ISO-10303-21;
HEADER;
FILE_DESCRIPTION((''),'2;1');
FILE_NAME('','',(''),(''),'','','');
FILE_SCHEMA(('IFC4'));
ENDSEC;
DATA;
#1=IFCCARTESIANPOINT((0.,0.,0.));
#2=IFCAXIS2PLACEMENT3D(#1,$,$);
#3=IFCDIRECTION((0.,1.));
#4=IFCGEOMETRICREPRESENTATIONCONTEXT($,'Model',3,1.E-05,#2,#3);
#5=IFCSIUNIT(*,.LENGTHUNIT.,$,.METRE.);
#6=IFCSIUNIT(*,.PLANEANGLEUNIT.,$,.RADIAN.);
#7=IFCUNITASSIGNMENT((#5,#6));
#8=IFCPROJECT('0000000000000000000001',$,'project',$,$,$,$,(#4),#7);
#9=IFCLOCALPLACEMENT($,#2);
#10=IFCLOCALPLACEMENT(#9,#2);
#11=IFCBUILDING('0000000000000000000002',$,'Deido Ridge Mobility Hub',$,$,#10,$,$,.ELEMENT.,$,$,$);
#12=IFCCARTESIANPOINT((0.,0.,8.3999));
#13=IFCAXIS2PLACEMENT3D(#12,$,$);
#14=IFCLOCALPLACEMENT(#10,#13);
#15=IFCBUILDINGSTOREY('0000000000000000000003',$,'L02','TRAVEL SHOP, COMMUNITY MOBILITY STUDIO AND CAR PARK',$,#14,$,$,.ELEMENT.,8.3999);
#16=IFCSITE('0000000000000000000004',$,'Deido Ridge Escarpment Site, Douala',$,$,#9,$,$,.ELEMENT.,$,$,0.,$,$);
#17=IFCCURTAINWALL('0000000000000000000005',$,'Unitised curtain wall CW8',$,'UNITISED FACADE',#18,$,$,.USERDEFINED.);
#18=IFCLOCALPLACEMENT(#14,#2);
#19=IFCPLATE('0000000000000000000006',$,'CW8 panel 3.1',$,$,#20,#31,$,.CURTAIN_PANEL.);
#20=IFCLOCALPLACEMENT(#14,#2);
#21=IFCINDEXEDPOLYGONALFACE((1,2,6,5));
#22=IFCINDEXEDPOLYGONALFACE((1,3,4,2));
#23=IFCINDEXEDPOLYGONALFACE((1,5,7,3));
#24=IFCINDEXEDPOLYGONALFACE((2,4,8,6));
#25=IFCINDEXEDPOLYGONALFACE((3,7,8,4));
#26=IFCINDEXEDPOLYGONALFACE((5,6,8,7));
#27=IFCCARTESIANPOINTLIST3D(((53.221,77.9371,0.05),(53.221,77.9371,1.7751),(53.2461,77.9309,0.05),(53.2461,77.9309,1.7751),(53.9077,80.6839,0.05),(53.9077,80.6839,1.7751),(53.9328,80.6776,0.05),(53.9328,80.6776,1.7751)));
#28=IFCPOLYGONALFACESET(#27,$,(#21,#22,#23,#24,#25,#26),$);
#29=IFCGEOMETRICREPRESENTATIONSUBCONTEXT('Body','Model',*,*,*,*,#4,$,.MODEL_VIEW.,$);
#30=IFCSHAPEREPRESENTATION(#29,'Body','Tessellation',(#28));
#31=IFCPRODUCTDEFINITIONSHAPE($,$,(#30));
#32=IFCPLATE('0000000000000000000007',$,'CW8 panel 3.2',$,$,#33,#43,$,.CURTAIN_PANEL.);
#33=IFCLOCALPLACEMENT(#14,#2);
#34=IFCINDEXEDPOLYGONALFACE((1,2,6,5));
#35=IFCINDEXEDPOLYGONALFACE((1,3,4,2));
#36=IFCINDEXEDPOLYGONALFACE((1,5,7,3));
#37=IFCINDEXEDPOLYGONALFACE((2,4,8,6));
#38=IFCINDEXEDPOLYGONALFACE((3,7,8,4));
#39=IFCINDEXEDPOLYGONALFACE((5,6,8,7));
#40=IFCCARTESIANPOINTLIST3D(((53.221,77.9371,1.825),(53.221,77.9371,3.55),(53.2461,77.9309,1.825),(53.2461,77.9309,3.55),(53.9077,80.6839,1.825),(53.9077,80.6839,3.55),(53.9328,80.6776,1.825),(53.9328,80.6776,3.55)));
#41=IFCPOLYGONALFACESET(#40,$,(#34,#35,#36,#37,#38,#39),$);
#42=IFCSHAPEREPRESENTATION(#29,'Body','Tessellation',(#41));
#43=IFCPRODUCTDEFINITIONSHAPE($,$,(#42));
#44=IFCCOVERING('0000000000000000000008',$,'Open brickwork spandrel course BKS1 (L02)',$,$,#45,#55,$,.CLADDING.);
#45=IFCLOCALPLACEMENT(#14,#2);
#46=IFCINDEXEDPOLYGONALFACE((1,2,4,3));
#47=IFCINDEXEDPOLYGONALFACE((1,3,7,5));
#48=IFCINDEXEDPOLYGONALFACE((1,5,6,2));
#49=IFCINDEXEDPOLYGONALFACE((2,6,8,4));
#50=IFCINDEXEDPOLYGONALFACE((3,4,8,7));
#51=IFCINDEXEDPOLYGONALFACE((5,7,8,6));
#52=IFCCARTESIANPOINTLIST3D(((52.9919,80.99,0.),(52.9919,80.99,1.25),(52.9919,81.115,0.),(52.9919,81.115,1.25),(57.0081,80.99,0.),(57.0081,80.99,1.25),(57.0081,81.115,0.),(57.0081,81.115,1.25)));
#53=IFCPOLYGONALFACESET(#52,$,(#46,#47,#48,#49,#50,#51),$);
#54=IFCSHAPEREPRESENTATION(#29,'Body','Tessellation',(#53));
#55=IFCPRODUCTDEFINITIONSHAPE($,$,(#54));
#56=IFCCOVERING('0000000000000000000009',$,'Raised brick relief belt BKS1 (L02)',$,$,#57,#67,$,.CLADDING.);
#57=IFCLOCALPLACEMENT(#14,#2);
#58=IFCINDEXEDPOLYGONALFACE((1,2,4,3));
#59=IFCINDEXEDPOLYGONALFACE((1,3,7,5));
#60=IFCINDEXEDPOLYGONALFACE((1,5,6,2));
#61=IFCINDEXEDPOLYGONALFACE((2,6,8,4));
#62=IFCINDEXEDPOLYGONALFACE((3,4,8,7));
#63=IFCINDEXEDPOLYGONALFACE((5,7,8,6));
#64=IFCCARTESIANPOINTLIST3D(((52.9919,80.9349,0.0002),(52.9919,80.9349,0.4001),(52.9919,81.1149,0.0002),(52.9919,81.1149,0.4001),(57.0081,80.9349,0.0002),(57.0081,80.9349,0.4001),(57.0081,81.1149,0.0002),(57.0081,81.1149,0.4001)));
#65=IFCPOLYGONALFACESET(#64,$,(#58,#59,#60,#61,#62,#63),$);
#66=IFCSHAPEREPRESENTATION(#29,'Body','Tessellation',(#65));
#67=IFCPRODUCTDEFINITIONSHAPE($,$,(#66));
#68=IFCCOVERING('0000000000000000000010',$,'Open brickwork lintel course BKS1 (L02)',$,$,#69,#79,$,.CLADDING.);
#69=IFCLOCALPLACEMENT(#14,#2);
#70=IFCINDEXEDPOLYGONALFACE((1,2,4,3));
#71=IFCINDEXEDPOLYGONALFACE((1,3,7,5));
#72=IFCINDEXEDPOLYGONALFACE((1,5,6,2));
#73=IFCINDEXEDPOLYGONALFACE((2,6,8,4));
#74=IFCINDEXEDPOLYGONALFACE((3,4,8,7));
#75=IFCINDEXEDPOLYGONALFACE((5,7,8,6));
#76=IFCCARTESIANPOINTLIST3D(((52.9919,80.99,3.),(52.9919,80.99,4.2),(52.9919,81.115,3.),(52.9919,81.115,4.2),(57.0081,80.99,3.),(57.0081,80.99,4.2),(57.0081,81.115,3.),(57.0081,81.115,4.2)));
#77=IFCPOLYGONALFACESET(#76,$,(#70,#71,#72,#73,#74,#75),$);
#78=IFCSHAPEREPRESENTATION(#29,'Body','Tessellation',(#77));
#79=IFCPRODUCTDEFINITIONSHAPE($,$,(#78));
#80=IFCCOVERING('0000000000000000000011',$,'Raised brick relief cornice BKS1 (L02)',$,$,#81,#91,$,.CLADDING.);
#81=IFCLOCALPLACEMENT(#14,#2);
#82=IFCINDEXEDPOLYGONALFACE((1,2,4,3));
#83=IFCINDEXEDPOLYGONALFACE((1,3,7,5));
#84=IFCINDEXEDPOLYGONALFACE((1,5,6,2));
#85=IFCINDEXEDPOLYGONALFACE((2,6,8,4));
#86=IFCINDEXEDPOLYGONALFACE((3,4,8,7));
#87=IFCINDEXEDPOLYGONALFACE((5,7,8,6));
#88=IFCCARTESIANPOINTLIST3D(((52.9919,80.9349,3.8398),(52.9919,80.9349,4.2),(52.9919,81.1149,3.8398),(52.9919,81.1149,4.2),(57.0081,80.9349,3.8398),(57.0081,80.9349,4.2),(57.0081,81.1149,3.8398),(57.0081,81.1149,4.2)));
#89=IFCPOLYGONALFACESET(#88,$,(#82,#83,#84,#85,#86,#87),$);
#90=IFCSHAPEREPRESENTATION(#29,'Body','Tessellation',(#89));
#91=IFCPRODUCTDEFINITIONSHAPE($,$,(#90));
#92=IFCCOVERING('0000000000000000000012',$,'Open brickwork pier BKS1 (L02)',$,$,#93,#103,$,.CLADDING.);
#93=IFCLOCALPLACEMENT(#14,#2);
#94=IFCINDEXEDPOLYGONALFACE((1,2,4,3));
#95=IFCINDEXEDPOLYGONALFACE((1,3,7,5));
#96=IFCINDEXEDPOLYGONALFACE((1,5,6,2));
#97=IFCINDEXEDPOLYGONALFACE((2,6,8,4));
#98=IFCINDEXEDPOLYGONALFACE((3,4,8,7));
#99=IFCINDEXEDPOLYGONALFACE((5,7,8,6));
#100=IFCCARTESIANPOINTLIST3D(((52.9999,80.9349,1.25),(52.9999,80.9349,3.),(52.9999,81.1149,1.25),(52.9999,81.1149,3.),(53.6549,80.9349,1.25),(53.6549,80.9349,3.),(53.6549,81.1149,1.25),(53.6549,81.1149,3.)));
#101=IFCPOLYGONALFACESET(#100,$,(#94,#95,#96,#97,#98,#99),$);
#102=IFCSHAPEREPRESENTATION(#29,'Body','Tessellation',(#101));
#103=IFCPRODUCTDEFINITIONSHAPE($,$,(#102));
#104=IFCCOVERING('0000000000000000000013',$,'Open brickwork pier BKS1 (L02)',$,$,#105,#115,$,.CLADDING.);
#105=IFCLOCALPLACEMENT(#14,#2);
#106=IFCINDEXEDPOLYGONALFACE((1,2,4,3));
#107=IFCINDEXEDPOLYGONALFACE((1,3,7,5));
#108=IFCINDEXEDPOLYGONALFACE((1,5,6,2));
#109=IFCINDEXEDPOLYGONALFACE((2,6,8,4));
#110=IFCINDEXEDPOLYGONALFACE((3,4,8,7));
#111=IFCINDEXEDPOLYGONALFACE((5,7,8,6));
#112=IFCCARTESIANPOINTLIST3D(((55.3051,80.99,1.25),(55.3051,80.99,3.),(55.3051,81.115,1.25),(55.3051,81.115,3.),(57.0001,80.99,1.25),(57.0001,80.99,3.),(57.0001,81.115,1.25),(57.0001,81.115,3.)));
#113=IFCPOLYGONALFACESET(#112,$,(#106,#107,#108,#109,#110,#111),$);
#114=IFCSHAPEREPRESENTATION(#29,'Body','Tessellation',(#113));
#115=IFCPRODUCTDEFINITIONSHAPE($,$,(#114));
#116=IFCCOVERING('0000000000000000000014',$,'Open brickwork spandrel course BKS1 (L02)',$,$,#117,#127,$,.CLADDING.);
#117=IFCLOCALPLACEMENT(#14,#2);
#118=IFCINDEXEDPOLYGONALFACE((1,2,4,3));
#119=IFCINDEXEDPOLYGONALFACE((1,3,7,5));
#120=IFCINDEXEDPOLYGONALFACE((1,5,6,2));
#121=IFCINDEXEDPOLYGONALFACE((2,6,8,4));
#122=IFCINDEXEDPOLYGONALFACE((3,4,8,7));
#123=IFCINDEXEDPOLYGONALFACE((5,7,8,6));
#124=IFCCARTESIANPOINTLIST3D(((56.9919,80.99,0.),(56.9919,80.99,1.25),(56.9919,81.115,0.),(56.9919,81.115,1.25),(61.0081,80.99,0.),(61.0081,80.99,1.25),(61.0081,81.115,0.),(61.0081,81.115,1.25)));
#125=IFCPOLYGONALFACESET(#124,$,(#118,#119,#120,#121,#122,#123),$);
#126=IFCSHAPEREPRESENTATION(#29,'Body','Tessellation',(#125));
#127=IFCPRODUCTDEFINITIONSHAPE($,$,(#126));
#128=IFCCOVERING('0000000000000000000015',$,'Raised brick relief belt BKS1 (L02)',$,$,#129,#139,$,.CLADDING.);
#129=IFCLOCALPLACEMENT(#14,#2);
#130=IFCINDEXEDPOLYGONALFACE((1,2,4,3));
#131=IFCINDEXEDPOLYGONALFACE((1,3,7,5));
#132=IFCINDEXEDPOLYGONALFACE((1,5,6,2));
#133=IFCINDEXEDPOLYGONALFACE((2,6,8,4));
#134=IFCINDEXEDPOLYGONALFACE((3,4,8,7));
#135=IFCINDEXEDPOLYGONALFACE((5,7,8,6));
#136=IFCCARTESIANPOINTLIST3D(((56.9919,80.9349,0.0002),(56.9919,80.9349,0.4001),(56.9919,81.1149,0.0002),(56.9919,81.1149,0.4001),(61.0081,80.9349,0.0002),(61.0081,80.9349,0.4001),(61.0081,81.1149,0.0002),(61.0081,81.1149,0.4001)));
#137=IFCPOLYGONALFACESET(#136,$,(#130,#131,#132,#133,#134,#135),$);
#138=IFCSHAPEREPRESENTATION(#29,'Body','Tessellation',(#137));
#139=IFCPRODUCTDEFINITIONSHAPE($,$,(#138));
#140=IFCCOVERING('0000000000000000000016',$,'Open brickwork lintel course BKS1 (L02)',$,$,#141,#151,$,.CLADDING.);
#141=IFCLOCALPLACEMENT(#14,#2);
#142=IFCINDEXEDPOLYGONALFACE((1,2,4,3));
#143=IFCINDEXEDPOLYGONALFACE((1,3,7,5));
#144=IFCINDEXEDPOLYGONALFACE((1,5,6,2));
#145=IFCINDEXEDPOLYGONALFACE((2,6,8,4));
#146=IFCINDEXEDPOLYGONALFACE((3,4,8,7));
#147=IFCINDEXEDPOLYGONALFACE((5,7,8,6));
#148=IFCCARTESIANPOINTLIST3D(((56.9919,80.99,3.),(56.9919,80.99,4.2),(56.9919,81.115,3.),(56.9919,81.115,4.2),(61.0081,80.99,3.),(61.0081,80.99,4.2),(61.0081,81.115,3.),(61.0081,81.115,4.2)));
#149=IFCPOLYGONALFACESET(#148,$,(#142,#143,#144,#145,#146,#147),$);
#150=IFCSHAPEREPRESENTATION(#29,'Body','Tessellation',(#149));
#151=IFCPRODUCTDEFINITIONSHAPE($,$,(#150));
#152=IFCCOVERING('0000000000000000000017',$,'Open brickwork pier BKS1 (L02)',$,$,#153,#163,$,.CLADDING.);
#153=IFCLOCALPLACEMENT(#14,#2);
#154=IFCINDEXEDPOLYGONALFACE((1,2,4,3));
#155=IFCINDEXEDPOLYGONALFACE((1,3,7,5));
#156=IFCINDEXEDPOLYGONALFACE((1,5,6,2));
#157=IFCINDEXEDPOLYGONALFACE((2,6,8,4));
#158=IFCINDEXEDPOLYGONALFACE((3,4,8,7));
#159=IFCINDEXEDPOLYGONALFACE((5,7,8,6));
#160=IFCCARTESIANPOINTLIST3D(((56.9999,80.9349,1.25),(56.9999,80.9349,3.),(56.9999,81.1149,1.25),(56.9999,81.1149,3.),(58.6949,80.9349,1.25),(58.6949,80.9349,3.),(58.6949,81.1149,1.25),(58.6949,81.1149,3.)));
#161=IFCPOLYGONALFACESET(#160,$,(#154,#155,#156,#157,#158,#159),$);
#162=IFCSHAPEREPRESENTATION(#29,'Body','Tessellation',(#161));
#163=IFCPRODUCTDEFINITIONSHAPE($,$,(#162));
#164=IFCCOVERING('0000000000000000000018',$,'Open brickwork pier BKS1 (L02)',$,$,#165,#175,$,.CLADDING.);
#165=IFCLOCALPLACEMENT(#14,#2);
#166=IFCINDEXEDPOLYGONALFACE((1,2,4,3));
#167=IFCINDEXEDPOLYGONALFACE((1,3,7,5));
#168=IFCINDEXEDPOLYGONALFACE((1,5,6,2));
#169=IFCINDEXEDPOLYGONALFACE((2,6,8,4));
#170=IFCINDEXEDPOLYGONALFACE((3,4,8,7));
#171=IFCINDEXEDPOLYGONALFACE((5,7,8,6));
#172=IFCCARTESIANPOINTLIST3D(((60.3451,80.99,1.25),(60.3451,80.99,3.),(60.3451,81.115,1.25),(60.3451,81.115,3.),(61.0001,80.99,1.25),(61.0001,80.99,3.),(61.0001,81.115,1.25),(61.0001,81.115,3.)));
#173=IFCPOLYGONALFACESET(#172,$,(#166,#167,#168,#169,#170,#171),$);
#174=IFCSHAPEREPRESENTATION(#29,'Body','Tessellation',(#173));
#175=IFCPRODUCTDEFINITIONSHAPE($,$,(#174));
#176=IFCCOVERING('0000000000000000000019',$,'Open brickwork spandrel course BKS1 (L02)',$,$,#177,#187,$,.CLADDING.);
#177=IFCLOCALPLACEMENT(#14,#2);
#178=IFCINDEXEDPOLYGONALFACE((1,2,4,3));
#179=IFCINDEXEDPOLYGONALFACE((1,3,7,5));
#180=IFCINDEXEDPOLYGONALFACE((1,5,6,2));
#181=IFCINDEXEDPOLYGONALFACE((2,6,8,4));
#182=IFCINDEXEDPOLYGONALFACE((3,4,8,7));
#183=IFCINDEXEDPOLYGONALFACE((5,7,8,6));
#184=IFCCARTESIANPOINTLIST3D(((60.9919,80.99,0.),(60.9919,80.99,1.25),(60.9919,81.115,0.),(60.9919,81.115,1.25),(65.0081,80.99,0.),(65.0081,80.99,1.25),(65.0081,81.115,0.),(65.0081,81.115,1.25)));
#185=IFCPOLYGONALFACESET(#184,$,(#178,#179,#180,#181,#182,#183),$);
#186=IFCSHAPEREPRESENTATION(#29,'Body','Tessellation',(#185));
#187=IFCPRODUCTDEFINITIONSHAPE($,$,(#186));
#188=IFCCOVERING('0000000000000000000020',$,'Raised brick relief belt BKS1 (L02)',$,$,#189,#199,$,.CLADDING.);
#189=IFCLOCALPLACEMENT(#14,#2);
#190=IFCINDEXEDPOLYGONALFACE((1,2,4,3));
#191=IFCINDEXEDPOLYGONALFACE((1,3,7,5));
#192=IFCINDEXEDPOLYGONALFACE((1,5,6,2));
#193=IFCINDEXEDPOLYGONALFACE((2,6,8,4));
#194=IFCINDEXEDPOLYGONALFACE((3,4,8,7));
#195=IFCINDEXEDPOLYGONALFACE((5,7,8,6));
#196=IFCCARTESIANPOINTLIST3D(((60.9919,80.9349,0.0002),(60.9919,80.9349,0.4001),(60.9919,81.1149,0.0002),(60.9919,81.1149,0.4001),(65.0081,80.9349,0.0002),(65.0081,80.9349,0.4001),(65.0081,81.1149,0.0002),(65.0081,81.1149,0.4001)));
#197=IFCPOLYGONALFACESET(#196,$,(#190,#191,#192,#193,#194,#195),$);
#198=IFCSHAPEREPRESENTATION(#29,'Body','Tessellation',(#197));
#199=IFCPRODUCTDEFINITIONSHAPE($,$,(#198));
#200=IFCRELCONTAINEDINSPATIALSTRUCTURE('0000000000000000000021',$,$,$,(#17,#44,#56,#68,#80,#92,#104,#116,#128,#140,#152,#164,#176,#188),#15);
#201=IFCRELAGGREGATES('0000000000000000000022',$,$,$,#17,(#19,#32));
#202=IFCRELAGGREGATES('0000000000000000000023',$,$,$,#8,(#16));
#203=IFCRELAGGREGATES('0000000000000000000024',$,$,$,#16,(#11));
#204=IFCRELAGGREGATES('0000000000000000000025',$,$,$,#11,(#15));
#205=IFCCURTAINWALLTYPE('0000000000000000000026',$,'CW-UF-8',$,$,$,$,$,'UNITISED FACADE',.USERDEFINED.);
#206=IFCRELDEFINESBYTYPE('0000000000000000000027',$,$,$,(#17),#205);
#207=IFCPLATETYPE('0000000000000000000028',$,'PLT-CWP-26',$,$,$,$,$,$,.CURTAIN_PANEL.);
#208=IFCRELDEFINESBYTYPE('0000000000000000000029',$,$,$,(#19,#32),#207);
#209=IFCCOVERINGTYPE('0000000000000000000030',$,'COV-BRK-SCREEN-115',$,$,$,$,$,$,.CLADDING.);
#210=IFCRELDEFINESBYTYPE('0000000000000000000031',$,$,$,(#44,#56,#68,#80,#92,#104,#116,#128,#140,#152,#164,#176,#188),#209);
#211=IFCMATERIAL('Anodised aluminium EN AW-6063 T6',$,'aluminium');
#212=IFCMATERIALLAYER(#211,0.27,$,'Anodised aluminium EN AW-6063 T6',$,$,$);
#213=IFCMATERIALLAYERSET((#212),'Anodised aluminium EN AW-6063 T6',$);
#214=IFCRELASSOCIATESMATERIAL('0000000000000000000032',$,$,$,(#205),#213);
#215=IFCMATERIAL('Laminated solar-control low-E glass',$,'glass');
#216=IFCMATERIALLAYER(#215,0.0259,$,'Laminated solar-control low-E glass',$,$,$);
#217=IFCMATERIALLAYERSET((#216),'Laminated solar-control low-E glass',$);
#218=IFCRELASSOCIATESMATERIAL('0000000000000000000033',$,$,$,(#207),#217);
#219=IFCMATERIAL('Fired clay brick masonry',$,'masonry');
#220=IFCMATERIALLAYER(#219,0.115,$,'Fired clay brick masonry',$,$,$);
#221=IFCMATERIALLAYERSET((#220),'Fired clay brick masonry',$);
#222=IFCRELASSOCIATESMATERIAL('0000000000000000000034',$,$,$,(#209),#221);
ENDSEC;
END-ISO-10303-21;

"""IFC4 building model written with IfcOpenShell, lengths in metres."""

from ifc_helpers import new_model, si_unit, direction, frame, origin, origin_2d, place, context, subcontext, project, spatial, rectangle, extrude, material, layer, layer_set, type_object, element, aggregate, save


model = new_model("IFC4")

# Units and contexts
model_context = context("Model", 3, precision=1e-05, world=origin(), true_north=direction((0.0, 1.0)))
body_context = subcontext(model_context, "Body", "Model", "MODEL_VIEW")
ifc_project = project(units=[si_unit("LENGTHUNIT", "METRE"), si_unit("PLANEANGLEUNIT", "RADIAN")], contexts=[model_context])

# Site, building, storey
site_placement = place(None, origin())
site = spatial("IfcSite", under=ifc_project, at=site_placement, Name="Deido Ridge Escarpment Site, Douala", CompositionType="ELEMENT", RefElevation=0.0)
building_placement = place(site_placement, origin())
building = spatial("IfcBuilding", under=site, at=building_placement, Name="Deido Ridge Mobility Hub", CompositionType="ELEMENT")
storey_placement = place(building_placement, frame((0.0, 0.0, 8.3999)))
storey = spatial("IfcBuildingStorey", under=building, at=storey_placement, Name="L02", Description="TRAVEL SHOP, COMMUNITY MOBILITY STUDIO AND CAR PARK", CompositionType="ELEMENT", Elevation=8.3999)

# Curtain wall
ifc_material_1 = material(Name="Anodised aluminium EN AW-6063 T6", Category="aluminium")
ifc_layer_1 = layer(ifc_material_1, 0.27, Name="Anodised aluminium EN AW-6063 T6")
ifc_layer_set_1 = layer_set([ifc_layer_1], Name="Anodised aluminium EN AW-6063 T6")
curtain_wall_type = type_object("IfcCurtainWallType", Name="CW-UF-8", ElementType="UNITISED FACADE", PredefinedType="USERDEFINED", material=ifc_layer_set_1)
curtain_wall_placement = place(storey_placement, origin())
curtain_wall = element("IfcCurtainWall", 1, at=curtain_wall_placement, inside=storey, type_object=curtain_wall_type, Name="Unitised curtain wall CW8", ObjectType="UNITISED FACADE", PredefinedType="USERDEFINED")

# Plates
ifc_material_2 = material(Name="Laminated solar-control low-E glass", Category="glass")
ifc_layer_2 = layer(ifc_material_2, 0.0259, Name="Laminated solar-control low-E glass")
ifc_layer_set_2 = layer_set([ifc_layer_2], Name="Laminated solar-control low-E glass")
plate_type_1 = type_object("IfcPlateType", Name="PLT-CWP-26", PredefinedType="CURTAIN_PANEL", material=ifc_layer_set_2)
plate_1_placement = place(storey_placement, frame((53.5769, 79.3074, 0.05), z_axis=(0.0, 0.0, 1.0), x_axis=(0.242546, 0.97014, 0.0)))
plate_1 = element("IfcPlate", 2, at=plate_1_placement, type_object=plate_type_1, Name="CW8 panel 3.1", PredefinedType="CURTAIN_PANEL", context=body_context, shape_type="SweptSolid", body=[
    extrude(rectangle(XDim=2.8313, YDim=0.0259, at=origin_2d()), origin(), (0.0, 0.0, 1.0), 1.7251),
])
plate_2_placement = place(storey_placement, frame((53.5769, 79.3074, 1.825), z_axis=(0.0, 0.0, 1.0), x_axis=(0.242546, 0.97014, 0.0)))
plate_2 = element("IfcPlate", 3, at=plate_2_placement, type_object=plate_type_1, Name="CW8 panel 3.2", PredefinedType="CURTAIN_PANEL", context=body_context, shape_type="SweptSolid", body=[
    extrude(rectangle(XDim=2.8313, YDim=0.0259, at=origin_2d()), origin(), (0.0, 0.0, 1.0), 1.7251),
])
aggregate(curtain_wall, [plate_1, plate_2])

# Coverings
ifc_material_3 = material(Name="Fired clay brick masonry", Category="masonry")
ifc_layer_3 = layer(ifc_material_3, 0.115, Name="Fired clay brick masonry")
ifc_layer_set_3 = layer_set([ifc_layer_3], Name="Fired clay brick masonry")
covering_type = type_object("IfcCoveringType", Name="COV-BRK-SCREEN-115", PredefinedType="CLADDING", material=ifc_layer_set_3)
covering_1_placement = place(storey_placement, frame((55.0, 81.0525, 0.0), z_axis=(0.0, 0.0, 1.0), x_axis=(1.0, 0.0, 0.0)))
element("IfcCovering", 4, at=covering_1_placement, inside=storey, type_object=covering_type, Name="Open brickwork spandrel course BKS1 (L02)", PredefinedType="CLADDING", context=body_context, shape_type="SweptSolid", body=[
    extrude(rectangle(XDim=4.0161, YDim=0.125, at=origin_2d()), origin(), (0.0, 0.0, 1.0), 1.25),
])
covering_2_placement = place(storey_placement, frame((55.0, 81.0249, 0.0002), z_axis=(0.0, 0.0, 1.0), x_axis=(1.0, 0.0, 0.0)))
element("IfcCovering", 5, at=covering_2_placement, inside=storey, type_object=covering_type, Name="Raised brick relief belt BKS1 (L02)", PredefinedType="CLADDING", context=body_context, shape_type="SweptSolid", body=[
    extrude(rectangle(XDim=4.0161, YDim=0.1799, at=origin_2d()), origin(), (0.0, 0.0, 1.0), 0.3999),
])
covering_3_placement = place(storey_placement, frame((55.0, 81.0525, 3.0), z_axis=(0.0, 0.0, 1.0), x_axis=(1.0, 0.0, 0.0)))
element("IfcCovering", 6, at=covering_3_placement, inside=storey, type_object=covering_type, Name="Open brickwork lintel course BKS1 (L02)", PredefinedType="CLADDING", context=body_context, shape_type="SweptSolid", body=[
    extrude(rectangle(XDim=4.0161, YDim=0.125, at=origin_2d()), origin(), (0.0, 0.0, 1.0), 1.2),
])
covering_4_placement = place(storey_placement, frame((55.0, 81.0249, 3.8398), z_axis=(0.0, 0.0, 1.0), x_axis=(1.0, 0.0, 0.0)))
element("IfcCovering", 7, at=covering_4_placement, inside=storey, type_object=covering_type, Name="Raised brick relief cornice BKS1 (L02)", PredefinedType="CLADDING", context=body_context, shape_type="SweptSolid", body=[
    extrude(rectangle(XDim=4.0161, YDim=0.1799, at=origin_2d()), origin(), (0.0, 0.0, 1.0), 0.3601),
])
covering_5_placement = place(storey_placement, frame((53.3274, 81.0249, 1.25), z_axis=(0.0, 0.0, 1.0), x_axis=(1.0, 0.0, 0.0)))
element("IfcCovering", 8, at=covering_5_placement, inside=storey, type_object=covering_type, Name="Open brickwork pier BKS1 (L02)", PredefinedType="CLADDING", context=body_context, shape_type="SweptSolid", body=[
    extrude(rectangle(XDim=0.655, YDim=0.1799, at=origin_2d()), origin(), (0.0, 0.0, 1.0), 1.75),
])
covering_6_placement = place(storey_placement, frame((56.1526, 81.0525, 1.25), z_axis=(0.0, 0.0, 1.0), x_axis=(1.0, 0.0, 0.0)))
element("IfcCovering", 9, at=covering_6_placement, inside=storey, type_object=covering_type, Name="Open brickwork pier BKS1 (L02)", PredefinedType="CLADDING", context=body_context, shape_type="SweptSolid", body=[
    extrude(rectangle(XDim=1.6951, YDim=0.125, at=origin_2d()), origin(), (0.0, 0.0, 1.0), 1.75),
])
covering_7_placement = place(storey_placement, frame((59.0, 81.0525, 0.0), z_axis=(0.0, 0.0, 1.0), x_axis=(1.0, 0.0, 0.0)))
element("IfcCovering", 10, at=covering_7_placement, inside=storey, type_object=covering_type, Name="Open brickwork spandrel course BKS1 (L02)", PredefinedType="CLADDING", context=body_context, shape_type="SweptSolid", body=[
    extrude(rectangle(XDim=4.0161, YDim=0.125, at=origin_2d()), origin(), (0.0, 0.0, 1.0), 1.25),
])
covering_8_placement = place(storey_placement, frame((59.0, 81.0249, 0.0002), z_axis=(0.0, 0.0, 1.0), x_axis=(1.0, 0.0, 0.0)))
element("IfcCovering", 11, at=covering_8_placement, inside=storey, type_object=covering_type, Name="Raised brick relief belt BKS1 (L02)", PredefinedType="CLADDING", context=body_context, shape_type="SweptSolid", body=[
    extrude(rectangle(XDim=4.0161, YDim=0.1799, at=origin_2d()), origin(), (0.0, 0.0, 1.0), 0.3999),
])
covering_9_placement = place(storey_placement, frame((59.0, 81.0525, 3.0), z_axis=(0.0, 0.0, 1.0), x_axis=(1.0, 0.0, 0.0)))
element("IfcCovering", 12, at=covering_9_placement, inside=storey, type_object=covering_type, Name="Open brickwork lintel course BKS1 (L02)", PredefinedType="CLADDING", context=body_context, shape_type="SweptSolid", body=[
    extrude(rectangle(XDim=4.0161, YDim=0.125, at=origin_2d()), origin(), (0.0, 0.0, 1.0), 1.2),
])
covering_10_placement = place(storey_placement, frame((57.8474, 81.0249, 1.25), z_axis=(0.0, 0.0, 1.0), x_axis=(1.0, 0.0, 0.0)))
element("IfcCovering", 13, at=covering_10_placement, inside=storey, type_object=covering_type, Name="Open brickwork pier BKS1 (L02)", PredefinedType="CLADDING", context=body_context, shape_type="SweptSolid", body=[
    extrude(rectangle(XDim=1.6951, YDim=0.1799, at=origin_2d()), origin(), (0.0, 0.0, 1.0), 1.75),
])
covering_11_placement = place(storey_placement, frame((60.6726, 81.0525, 1.25), z_axis=(0.0, 0.0, 1.0), x_axis=(1.0, 0.0, 0.0)))
element("IfcCovering", 14, at=covering_11_placement, inside=storey, type_object=covering_type, Name="Open brickwork pier BKS1 (L02)", PredefinedType="CLADDING", context=body_context, shape_type="SweptSolid", body=[
    extrude(rectangle(XDim=0.655, YDim=0.125, at=origin_2d()), origin(), (0.0, 0.0, 1.0), 1.75),
])
covering_12_placement = place(storey_placement, frame((63.0, 81.0525, 0.0), z_axis=(0.0, 0.0, 1.0), x_axis=(1.0, 0.0, 0.0)))
element("IfcCovering", 15, at=covering_12_placement, inside=storey, type_object=covering_type, Name="Open brickwork spandrel course BKS1 (L02)", PredefinedType="CLADDING", context=body_context, shape_type="SweptSolid", body=[
    extrude(rectangle(XDim=4.0161, YDim=0.125, at=origin_2d()), origin(), (0.0, 0.0, 1.0), 1.25),
])
covering_13_placement = place(storey_placement, frame((63.0, 81.0249, 0.0002), z_axis=(0.0, 0.0, 1.0), x_axis=(1.0, 0.0, 0.0)))
element("IfcCovering", 16, at=covering_13_placement, inside=storey, type_object=covering_type, Name="Raised brick relief belt BKS1 (L02)", PredefinedType="CLADDING", context=body_context, shape_type="SweptSolid", body=[
    extrude(rectangle(XDim=4.0161, YDim=0.1799, at=origin_2d()), origin(), (0.0, 0.0, 1.0), 0.3999),
])

save(model, "model.ifc")
